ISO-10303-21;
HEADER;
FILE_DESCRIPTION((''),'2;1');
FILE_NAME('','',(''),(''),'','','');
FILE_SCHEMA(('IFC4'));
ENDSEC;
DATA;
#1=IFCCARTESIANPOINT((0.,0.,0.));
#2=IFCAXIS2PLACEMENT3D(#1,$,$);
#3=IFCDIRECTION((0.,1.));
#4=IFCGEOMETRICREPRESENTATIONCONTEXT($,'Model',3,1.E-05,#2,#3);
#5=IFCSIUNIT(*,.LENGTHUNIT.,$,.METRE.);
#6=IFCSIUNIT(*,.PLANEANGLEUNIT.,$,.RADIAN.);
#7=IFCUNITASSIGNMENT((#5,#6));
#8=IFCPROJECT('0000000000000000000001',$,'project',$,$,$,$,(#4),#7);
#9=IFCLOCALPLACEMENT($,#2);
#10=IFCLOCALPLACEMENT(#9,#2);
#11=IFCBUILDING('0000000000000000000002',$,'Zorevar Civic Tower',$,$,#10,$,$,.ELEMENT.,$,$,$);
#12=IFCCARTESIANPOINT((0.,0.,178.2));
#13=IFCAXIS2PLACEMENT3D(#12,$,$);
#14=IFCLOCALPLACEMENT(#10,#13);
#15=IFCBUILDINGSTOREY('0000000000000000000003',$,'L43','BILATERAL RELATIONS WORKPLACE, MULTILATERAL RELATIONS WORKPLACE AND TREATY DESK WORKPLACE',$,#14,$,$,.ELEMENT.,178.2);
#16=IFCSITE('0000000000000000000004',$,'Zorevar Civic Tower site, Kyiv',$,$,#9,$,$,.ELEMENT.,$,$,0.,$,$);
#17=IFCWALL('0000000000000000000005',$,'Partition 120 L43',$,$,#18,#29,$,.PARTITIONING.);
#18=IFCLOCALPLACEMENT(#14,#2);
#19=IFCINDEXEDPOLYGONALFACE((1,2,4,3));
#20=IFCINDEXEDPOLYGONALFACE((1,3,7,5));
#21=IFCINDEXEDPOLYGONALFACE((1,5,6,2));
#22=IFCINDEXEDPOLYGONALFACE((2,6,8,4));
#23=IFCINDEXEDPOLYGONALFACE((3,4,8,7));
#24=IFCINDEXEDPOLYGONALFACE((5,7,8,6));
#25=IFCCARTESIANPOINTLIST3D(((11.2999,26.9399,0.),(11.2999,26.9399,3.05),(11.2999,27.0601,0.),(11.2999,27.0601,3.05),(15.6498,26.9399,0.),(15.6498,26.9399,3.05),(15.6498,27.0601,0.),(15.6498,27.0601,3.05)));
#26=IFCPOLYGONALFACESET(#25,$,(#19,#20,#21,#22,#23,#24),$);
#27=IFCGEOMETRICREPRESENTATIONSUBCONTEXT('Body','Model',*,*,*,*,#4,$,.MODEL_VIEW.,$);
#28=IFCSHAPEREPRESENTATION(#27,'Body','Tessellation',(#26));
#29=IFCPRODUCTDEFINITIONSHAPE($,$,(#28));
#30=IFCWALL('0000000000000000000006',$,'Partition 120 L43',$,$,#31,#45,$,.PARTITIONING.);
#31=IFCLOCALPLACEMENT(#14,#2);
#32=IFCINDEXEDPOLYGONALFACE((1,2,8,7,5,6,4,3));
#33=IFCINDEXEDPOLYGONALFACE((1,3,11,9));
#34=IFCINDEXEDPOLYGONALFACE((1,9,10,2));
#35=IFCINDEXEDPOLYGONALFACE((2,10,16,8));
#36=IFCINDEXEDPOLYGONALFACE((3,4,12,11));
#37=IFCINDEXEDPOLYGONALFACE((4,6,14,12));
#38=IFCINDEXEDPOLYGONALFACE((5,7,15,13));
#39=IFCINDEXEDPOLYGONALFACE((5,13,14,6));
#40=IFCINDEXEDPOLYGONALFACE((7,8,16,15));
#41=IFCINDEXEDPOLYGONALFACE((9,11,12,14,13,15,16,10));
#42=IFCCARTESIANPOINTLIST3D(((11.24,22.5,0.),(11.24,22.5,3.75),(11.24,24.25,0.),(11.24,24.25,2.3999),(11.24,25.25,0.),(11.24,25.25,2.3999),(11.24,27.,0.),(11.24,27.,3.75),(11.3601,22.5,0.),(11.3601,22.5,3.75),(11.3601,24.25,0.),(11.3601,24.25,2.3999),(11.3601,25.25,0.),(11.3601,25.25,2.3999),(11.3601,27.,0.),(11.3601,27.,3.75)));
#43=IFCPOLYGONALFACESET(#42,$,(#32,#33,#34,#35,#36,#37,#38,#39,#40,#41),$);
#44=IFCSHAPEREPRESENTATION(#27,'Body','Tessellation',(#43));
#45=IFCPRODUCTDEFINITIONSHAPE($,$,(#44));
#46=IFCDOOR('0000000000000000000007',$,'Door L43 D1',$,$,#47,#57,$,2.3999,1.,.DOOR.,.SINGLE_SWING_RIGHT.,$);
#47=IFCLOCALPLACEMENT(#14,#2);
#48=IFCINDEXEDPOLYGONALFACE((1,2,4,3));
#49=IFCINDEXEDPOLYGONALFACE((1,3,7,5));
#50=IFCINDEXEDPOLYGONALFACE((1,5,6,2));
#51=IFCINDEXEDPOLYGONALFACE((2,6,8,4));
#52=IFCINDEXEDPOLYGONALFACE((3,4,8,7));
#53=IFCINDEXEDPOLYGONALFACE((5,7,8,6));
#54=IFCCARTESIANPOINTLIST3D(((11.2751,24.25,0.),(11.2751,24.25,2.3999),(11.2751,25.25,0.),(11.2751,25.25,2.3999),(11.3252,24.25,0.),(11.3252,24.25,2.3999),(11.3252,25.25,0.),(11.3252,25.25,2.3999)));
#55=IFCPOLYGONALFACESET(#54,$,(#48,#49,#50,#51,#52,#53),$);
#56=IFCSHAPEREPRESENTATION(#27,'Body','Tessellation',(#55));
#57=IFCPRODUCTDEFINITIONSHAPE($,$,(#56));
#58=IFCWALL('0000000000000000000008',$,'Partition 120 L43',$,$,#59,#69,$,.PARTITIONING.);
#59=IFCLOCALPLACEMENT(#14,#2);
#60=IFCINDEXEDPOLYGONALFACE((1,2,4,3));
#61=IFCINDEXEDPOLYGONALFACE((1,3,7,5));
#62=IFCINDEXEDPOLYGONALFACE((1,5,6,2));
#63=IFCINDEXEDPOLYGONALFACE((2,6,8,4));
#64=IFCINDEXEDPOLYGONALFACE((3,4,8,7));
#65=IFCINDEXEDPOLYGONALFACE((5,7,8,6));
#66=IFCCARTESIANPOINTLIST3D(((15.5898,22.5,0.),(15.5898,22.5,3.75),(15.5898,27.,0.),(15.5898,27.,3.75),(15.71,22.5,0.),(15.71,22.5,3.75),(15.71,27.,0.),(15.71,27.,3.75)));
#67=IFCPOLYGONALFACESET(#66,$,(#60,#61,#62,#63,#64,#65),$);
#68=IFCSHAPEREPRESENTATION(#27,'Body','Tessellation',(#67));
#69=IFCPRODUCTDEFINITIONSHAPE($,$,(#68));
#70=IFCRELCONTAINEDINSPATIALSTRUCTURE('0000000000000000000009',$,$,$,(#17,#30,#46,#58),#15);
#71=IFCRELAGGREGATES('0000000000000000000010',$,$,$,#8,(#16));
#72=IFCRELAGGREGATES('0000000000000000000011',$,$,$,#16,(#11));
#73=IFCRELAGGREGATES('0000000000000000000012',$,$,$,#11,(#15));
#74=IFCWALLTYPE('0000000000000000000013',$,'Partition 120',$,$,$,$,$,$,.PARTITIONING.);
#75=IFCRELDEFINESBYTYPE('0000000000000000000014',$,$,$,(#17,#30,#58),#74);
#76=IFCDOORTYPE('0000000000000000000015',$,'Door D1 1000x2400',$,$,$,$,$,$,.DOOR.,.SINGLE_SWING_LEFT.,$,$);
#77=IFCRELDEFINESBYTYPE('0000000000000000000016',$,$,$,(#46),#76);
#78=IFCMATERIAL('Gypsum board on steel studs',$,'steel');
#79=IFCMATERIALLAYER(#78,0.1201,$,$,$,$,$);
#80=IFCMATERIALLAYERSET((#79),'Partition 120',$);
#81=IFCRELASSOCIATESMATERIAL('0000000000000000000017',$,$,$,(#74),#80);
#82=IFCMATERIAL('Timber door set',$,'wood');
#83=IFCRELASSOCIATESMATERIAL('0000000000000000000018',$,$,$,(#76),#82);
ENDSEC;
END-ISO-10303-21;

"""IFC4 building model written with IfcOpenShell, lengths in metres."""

from ifc_helpers import new_model, si_unit, direction, frame, frame_2d, origin, place, context, subcontext, project, spatial, rectangle, extrude, material, layer, layer_set, type_object, element, fill, save


model = new_model("IFC4")

# Units and contexts
model_context = context("Model", 3, precision=1e-05, world=origin(), true_north=direction((0.0, 1.0)))
body_context = subcontext(model_context, "Body", "Model", "MODEL_VIEW")
ifc_project = project(units=[si_unit("LENGTHUNIT", "METRE"), si_unit("PLANEANGLEUNIT", "RADIAN")], contexts=[model_context])

# Site, building, storey
site_placement = place(None, origin())
site = spatial("IfcSite", under=ifc_project, at=site_placement, Name="Zorevar Civic Tower site, Kyiv", CompositionType="ELEMENT", RefElevation=0.0)
building_placement = place(site_placement, origin())
building = spatial("IfcBuilding", under=site, at=building_placement, Name="Zorevar Civic Tower", CompositionType="ELEMENT")
storey_placement = place(building_placement, frame((0.0, 0.0, 178.2)))
storey = spatial("IfcBuildingStorey", under=building, at=storey_placement, Name="L43", Description="BILATERAL RELATIONS WORKPLACE, MULTILATERAL RELATIONS WORKPLACE AND TREATY DESK WORKPLACE", CompositionType="ELEMENT", Elevation=178.2)

# Wall
ifc_material_1 = material(Name="Gypsum board on steel studs", Category="steel")
ifc_layer_1 = layer(ifc_material_1, 0.1201)
ifc_layer_set_1 = layer_set([ifc_layer_1], Name="Partition 120")
wall_type_1 = type_object("IfcWallType", Name="Partition 120", PredefinedType="PARTITIONING", material=ifc_layer_set_1)
wall_1_placement = place(storey_placement, frame((11.3, 27.0, 0.0), z_axis=(0.0, 0.0, 1.0), x_axis=(1.0, 0.0, 0.0)))
element("IfcWall", 1, at=wall_1_placement, inside=storey, type_object=wall_type_1, Name="Partition 120 L43", PredefinedType="PARTITIONING", context=body_context, shape_type="SweptSolid", body=[
    extrude(rectangle(XDim=4.3499, YDim=0.1201, at=frame_2d((2.1748, 0.0))), origin(), (0.0, 0.0, 1.0), 3.05),
])

# Wall, opening, door
wall_2_placement = place(storey_placement, frame((11.3, 22.5, 0.0), z_axis=(0.0, 0.0, 1.0), x_axis=(0.0, 1.0, 0.0)))
wall_2 = element("IfcWall", 2, at=wall_2_placement, inside=storey, type_object=wall_type_1, Name="Partition 120 L43", PredefinedType="PARTITIONING", context=body_context, shape_type="SweptSolid", body=[
    extrude(rectangle(XDim=4.5, YDim=0.1201, at=frame_2d((2.25, 0.0))), origin(), (0.0, 0.0, 1.0), 3.75),
])
opening_1_placement = place(wall_2_placement, frame((1.75, 0.0, 0.0)))
opening_1 = element("IfcOpeningElement", 3, at=opening_1_placement, cuts=wall_2, PredefinedType="OPENING", context=body_context, shape_type="SweptSolid", body=[
    extrude(rectangle(XDim=1.0, YDim=2.3999, at=frame_2d((0.5, 1.2))), frame((0.0, 0.0701, 0.0), z_axis=(0.0, -1.0, 0.0), x_axis=(1.0, 0.0, 0.0)), (0.0, 0.0, 1.0), 0.1401),
])
ifc_material_2 = material(Name="Timber door set", Category="wood")
door_type_1 = type_object("IfcDoorType", Name="Door D1 1000x2400", OperationType="SINGLE_SWING_LEFT", PredefinedType="DOOR", material=ifc_material_2)
door_1_placement = place(opening_1_placement, origin())
door_1 = element("IfcDoor", 4, at=door_1_placement, inside=storey, type_object=door_type_1, Name="Door L43 D1", OperationType="SINGLE_SWING_RIGHT", OverallHeight=2.3999, OverallWidth=1.0, PredefinedType="DOOR", context=body_context, shape_type="SweptSolid", body=[
    extrude(rectangle(XDim=1.0, YDim=2.3999, at=frame_2d((0.5, 1.2))), frame((0.0, 0.0249, 0.0), z_axis=(0.0, -1.0, 0.0), x_axis=(1.0, 0.0, 0.0)), (0.0, 0.0, 1.0), 0.05),
])
fill(opening_1, door_1)

# Wall
wall_3_placement = place(storey_placement, frame((15.6499, 22.5, 0.0), z_axis=(0.0, 0.0, 1.0), x_axis=(0.0, 1.0, 0.0)))
element("IfcWall", 5, at=wall_3_placement, inside=storey, type_object=wall_type_1, Name="Partition 120 L43", PredefinedType="PARTITIONING", context=body_context, shape_type="SweptSolid", body=[
    extrude(rectangle(XDim=4.5, YDim=0.1201, at=frame_2d((2.25, 0.0))), origin(), (0.0, 0.0, 1.0), 3.75),
])

save(model, "model.ifc")
